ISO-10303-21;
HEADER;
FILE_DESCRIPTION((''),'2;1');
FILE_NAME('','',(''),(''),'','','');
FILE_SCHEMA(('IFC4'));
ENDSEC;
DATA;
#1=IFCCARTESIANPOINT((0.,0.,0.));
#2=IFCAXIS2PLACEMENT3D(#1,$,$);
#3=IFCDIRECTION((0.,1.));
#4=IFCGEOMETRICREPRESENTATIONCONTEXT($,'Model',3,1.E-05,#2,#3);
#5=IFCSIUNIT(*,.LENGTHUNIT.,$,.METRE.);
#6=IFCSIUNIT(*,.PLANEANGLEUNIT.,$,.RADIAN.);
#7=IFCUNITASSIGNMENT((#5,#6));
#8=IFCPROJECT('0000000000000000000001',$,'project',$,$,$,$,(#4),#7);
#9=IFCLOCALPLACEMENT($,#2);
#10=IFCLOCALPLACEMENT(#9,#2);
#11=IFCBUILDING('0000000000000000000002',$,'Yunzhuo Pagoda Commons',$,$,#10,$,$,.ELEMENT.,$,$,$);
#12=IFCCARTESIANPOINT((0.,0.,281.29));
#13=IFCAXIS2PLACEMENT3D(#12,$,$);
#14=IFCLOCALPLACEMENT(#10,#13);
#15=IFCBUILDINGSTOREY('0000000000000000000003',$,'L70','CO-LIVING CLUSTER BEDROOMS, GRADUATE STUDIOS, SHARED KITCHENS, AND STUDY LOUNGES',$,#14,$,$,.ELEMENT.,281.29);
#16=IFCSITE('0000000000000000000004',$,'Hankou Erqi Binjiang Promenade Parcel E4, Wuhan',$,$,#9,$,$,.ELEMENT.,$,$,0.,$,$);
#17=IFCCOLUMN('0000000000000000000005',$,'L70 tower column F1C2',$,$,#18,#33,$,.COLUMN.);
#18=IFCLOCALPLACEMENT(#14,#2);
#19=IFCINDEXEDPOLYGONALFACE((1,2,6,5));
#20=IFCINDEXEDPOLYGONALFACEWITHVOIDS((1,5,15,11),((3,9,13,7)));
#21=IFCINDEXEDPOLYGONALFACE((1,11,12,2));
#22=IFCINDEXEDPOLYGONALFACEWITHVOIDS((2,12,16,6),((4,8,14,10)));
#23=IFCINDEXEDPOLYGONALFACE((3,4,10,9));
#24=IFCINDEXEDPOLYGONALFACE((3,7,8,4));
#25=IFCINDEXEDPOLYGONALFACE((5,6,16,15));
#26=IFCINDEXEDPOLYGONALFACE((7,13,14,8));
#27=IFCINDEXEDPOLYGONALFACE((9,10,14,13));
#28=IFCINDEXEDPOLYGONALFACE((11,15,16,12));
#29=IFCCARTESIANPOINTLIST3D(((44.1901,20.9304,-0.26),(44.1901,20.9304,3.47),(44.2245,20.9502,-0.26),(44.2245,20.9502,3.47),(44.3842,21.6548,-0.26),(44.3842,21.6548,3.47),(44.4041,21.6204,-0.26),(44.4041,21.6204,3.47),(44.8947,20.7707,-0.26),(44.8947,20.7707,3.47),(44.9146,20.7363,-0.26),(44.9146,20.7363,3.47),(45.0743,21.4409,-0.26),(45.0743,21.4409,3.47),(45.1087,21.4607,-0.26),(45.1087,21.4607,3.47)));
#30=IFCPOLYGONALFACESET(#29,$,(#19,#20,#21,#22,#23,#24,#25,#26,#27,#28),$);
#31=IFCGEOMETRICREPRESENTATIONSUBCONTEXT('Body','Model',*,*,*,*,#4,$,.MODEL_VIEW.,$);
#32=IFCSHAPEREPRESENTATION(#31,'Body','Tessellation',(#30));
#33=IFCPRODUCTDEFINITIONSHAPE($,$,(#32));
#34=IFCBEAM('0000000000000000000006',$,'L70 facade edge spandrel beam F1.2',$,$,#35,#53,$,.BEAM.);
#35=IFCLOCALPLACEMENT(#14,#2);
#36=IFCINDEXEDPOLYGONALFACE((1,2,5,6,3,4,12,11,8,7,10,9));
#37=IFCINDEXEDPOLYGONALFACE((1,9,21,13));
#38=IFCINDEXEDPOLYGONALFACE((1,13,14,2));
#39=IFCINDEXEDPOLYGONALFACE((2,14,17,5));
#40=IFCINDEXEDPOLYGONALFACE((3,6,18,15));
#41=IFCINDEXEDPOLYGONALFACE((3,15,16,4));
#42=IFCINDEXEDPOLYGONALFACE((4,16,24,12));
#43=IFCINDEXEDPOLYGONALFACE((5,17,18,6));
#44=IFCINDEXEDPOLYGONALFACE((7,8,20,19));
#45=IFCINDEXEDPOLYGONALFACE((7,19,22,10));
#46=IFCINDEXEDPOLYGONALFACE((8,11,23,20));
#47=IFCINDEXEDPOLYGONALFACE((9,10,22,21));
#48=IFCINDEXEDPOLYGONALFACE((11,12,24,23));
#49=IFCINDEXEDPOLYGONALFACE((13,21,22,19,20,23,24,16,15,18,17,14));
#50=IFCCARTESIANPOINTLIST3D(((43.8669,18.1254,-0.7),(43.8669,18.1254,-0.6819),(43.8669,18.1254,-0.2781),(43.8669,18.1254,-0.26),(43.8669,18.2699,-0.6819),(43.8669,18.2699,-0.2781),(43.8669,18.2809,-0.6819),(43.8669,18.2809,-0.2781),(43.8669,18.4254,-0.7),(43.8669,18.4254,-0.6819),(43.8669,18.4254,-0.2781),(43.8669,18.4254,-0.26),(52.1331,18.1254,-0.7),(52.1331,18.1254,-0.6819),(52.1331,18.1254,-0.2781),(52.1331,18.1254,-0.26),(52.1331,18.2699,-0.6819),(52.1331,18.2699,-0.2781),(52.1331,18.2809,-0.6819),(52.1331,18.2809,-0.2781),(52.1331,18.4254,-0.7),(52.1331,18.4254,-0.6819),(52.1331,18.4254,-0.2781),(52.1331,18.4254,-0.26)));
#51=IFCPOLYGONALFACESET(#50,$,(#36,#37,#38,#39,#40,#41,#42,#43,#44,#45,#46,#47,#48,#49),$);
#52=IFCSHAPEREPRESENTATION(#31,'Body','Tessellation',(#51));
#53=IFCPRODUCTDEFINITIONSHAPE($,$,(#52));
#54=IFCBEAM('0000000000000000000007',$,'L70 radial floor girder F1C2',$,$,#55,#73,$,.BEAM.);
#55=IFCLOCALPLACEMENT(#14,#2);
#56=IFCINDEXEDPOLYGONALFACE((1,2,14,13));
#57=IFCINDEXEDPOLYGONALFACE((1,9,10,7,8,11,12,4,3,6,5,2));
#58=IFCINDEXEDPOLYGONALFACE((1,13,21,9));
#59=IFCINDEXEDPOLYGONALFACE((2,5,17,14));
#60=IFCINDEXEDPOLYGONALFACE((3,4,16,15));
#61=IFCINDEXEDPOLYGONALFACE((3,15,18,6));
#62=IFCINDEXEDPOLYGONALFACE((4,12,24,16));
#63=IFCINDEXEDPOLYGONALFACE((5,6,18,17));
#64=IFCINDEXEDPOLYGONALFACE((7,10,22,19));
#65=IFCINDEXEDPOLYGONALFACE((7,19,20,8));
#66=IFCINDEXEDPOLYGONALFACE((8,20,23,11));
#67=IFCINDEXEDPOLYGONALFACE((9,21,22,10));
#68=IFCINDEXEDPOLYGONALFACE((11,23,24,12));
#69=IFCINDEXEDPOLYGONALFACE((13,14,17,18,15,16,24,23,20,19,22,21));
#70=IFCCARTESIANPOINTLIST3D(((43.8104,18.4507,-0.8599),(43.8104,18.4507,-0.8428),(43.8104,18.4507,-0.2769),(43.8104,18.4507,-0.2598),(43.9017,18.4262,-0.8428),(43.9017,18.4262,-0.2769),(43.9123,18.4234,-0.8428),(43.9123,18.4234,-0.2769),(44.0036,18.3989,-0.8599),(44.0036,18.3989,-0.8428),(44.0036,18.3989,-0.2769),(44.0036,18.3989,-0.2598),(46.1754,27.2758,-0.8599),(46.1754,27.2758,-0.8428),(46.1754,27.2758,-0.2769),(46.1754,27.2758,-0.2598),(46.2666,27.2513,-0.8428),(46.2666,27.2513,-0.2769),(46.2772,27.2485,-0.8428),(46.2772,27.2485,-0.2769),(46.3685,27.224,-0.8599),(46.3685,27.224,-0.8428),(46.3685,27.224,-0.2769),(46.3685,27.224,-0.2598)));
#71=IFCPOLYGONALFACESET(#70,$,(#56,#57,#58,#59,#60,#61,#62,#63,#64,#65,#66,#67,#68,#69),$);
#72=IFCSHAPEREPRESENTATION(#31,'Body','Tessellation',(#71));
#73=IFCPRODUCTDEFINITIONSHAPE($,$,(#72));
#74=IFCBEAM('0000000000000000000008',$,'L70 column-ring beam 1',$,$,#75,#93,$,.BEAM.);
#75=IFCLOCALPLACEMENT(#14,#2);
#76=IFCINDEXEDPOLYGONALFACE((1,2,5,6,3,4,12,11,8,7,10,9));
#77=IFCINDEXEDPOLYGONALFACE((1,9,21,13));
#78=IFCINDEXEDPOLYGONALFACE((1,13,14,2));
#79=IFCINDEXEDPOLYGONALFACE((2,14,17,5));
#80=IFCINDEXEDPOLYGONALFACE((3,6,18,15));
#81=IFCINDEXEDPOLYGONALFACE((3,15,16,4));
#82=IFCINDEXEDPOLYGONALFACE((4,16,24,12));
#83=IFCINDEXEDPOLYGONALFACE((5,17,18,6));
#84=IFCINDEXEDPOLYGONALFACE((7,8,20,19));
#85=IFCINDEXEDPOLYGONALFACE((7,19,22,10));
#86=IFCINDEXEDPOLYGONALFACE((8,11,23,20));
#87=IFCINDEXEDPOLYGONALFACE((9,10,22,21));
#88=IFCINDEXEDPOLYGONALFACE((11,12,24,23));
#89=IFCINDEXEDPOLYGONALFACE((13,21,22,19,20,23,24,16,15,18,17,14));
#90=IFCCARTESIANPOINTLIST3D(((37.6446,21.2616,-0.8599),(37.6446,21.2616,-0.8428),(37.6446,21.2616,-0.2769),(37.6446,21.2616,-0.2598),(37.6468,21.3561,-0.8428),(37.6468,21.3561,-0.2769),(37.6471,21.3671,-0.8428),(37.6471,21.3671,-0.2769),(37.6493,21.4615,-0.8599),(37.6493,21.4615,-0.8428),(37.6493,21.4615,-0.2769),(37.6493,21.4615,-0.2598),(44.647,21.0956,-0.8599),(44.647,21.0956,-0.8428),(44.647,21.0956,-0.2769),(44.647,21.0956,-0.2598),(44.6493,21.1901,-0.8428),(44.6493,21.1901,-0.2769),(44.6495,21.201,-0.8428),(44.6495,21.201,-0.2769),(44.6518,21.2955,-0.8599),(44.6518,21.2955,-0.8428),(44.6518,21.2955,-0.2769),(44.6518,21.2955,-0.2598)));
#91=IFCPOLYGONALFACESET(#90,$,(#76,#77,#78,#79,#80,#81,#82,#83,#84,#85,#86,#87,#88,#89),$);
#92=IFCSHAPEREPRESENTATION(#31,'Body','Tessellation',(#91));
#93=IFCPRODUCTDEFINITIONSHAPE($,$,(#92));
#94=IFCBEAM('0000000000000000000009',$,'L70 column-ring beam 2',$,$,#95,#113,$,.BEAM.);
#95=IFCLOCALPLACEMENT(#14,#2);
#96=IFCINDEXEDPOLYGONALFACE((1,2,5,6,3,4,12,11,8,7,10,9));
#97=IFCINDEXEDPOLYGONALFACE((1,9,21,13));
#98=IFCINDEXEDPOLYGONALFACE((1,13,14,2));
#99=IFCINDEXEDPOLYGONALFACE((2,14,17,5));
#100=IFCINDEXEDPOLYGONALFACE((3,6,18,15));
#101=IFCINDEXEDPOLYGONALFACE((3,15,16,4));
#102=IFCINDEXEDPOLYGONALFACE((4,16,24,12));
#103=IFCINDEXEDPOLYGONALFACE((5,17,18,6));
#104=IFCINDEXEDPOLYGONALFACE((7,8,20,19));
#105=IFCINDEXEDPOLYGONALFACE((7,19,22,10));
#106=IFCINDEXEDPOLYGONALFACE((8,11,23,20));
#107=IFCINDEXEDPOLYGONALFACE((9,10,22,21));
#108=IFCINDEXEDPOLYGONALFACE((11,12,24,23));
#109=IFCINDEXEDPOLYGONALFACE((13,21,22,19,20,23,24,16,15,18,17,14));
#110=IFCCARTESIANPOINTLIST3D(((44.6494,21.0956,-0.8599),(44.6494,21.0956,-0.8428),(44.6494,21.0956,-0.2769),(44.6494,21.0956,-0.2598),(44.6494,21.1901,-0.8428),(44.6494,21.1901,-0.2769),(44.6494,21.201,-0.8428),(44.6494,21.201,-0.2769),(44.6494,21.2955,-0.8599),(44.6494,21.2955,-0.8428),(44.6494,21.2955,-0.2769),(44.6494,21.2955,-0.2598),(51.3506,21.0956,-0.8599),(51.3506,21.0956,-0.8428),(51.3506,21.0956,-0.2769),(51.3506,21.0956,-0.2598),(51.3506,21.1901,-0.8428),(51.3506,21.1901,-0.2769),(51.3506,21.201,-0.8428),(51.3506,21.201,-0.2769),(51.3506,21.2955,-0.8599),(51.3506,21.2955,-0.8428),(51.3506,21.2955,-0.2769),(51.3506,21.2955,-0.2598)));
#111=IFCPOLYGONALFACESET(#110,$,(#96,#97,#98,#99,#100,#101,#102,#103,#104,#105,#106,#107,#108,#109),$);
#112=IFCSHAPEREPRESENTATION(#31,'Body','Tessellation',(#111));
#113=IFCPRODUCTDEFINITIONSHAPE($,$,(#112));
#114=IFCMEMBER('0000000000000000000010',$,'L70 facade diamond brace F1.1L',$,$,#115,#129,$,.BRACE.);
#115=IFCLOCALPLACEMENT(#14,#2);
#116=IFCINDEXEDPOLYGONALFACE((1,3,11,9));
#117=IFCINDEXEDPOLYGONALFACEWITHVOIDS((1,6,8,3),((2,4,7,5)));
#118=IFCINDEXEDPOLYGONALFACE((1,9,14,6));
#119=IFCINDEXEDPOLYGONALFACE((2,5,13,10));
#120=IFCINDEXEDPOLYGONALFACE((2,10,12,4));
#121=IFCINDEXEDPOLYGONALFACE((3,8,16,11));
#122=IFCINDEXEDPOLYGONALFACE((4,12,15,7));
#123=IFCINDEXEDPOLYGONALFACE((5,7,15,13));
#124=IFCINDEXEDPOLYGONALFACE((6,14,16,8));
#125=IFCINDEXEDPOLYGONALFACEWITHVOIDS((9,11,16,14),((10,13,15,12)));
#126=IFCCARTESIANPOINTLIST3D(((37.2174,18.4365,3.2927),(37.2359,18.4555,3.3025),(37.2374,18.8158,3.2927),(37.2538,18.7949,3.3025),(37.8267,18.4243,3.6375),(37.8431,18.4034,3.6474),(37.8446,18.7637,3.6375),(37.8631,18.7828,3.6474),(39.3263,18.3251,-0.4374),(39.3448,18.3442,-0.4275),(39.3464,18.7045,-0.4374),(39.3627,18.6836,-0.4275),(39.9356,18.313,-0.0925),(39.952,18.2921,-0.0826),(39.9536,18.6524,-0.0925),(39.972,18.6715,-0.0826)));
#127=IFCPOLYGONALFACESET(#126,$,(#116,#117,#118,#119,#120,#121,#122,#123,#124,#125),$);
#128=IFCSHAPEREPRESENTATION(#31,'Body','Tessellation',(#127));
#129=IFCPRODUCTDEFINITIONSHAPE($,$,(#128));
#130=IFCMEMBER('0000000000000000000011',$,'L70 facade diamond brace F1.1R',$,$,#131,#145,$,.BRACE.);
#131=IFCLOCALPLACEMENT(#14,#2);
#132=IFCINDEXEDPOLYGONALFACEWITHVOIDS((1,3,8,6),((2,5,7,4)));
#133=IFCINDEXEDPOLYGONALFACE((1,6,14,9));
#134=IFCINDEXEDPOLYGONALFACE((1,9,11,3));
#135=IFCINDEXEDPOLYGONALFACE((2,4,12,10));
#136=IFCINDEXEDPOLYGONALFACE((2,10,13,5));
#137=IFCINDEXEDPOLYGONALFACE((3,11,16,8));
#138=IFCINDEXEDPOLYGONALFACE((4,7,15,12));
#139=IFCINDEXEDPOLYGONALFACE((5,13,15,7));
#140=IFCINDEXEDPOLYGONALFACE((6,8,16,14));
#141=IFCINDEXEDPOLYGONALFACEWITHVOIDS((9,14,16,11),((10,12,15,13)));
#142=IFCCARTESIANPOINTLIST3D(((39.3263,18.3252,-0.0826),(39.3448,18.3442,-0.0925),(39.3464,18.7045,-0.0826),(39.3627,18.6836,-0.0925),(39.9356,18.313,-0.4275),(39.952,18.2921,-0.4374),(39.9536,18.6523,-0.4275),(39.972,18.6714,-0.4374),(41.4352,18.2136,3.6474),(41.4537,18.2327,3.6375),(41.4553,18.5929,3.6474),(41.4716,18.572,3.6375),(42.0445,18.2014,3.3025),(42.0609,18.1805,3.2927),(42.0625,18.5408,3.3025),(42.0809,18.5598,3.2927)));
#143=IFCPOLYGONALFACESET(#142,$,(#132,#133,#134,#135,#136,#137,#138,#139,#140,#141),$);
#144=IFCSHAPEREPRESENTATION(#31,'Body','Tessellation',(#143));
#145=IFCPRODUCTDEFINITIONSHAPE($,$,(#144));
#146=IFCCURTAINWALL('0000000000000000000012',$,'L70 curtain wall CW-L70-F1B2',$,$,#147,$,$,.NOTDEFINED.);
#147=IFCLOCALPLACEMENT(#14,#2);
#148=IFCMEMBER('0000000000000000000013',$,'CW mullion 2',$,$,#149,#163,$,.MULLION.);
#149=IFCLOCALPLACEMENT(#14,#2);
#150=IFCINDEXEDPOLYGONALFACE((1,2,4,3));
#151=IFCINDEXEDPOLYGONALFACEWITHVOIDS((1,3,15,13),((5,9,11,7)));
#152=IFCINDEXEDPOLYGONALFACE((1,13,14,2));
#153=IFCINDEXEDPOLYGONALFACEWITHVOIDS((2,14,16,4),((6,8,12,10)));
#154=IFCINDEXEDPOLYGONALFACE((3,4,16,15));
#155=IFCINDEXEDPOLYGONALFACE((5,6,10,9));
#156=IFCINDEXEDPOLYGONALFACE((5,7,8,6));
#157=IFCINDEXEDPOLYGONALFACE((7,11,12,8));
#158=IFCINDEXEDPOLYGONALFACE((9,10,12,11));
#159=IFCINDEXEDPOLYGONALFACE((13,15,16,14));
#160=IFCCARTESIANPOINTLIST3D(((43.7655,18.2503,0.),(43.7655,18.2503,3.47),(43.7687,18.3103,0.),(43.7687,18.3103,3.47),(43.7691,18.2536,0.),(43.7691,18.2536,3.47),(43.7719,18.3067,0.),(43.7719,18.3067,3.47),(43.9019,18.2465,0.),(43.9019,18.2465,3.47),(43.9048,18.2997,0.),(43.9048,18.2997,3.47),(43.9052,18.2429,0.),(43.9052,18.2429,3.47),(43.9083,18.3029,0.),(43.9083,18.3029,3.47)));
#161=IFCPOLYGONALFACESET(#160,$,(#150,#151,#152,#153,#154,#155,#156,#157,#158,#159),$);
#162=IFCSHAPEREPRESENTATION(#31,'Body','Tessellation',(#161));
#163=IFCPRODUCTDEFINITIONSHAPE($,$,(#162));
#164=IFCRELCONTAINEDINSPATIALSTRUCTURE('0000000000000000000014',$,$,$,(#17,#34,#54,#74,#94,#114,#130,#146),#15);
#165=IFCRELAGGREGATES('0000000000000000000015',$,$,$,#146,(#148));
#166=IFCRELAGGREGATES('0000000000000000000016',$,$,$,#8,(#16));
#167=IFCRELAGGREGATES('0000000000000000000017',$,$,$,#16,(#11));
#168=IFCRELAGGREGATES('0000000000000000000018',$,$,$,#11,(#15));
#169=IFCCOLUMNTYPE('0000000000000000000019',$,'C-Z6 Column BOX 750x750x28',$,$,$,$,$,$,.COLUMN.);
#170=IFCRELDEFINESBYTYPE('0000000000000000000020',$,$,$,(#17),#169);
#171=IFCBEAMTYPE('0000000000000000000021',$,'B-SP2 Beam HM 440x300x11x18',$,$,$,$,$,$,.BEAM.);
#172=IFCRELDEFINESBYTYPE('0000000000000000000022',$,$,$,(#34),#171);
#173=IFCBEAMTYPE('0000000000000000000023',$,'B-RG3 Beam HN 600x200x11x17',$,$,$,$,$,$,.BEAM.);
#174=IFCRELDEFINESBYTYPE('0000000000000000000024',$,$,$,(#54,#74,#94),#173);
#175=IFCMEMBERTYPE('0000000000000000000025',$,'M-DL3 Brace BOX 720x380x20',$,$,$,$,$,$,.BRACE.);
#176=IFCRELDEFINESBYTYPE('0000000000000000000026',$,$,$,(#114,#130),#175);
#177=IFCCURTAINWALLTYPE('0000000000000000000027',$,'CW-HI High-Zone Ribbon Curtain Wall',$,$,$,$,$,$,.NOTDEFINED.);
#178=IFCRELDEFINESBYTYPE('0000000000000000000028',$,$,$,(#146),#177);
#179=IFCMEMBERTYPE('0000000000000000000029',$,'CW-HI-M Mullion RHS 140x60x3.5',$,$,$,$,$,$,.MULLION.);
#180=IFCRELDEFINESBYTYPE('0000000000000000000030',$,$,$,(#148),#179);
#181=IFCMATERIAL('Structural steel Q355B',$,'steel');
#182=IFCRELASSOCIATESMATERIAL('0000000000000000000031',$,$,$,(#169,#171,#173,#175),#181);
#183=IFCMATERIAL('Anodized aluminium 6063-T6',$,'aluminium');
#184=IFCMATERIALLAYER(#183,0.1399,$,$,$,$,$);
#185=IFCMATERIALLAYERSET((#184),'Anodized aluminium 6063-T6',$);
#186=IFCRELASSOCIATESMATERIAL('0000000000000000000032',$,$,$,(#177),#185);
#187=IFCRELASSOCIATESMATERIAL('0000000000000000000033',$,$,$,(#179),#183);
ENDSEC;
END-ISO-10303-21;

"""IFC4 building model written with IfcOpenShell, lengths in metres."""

from ifc_helpers import new_model, si_unit, direction, frame, origin, origin_2d, place, context, subcontext, project, spatial, hollow_rectangle, i_section, extrude, source, transform, mapped, material, layer, layer_set, material_profile, profile_set, type_object, element, aggregate, save


model = new_model("IFC4")

# Units and contexts
model_context = context("Model", 3, precision=1e-05, world=origin(), true_north=direction((0.0, 1.0)))
body_context = subcontext(model_context, "Body", "Model", "MODEL_VIEW")
ifc_project = project(units=[si_unit("LENGTHUNIT", "METRE"), si_unit("PLANEANGLEUNIT", "RADIAN")], contexts=[model_context])

# Site, building, storey
site_placement = place(None, origin())
site = spatial("IfcSite", under=ifc_project, at=site_placement, Name="Hankou Erqi Binjiang Promenade Parcel E4, Wuhan", CompositionType="ELEMENT", RefElevation=0.0)
building_placement = place(site_placement, origin())
building = spatial("IfcBuilding", under=site, at=building_placement, Name="Yunzhuo Pagoda Commons", CompositionType="ELEMENT")
storey_placement = place(building_placement, frame((0.0, 0.0, 281.29)))
storey = spatial("IfcBuildingStorey", under=building, at=storey_placement, Name="L70", Description="CO-LIVING CLUSTER BEDROOMS, GRADUATE STUDIOS, SHARED KITCHENS, AND STUDY LOUNGES", CompositionType="ELEMENT", Elevation=281.29)

# Column
ifc_material_1 = material(Name="Structural steel Q355B", Category="steel")
ifc_material_profile_1 = material_profile(ifc_material_1, hollow_rectangle(XDim=0.75, YDim=0.75, WallThickness=0.0281, at=origin_2d()), Name="Structural steel Q355B")
ifc_profile_set_1 = profile_set([ifc_material_profile_1], Name="Structural steel Q355B")
column_type = type_object("IfcColumnType", Name="C-Z6 Column BOX 750x750x28", PredefinedType="COLUMN", material=ifc_profile_set_1)
shared_shape_1 = source(origin(), body_context, "Body", "SweptSolid", [
    extrude(hollow_rectangle(XDim=0.75, YDim=0.75, WallThickness=0.0281, at=origin_2d()), origin(), (0.0, 0.0, 1.0), 3.73),
])
column_placement = place(storey_placement, frame((44.6494, 21.1956, -0.26), z_axis=(0.0, 0.0, 1.0), x_axis=(0.965926, -0.258819, 0.0)))
element("IfcColumn", 1, at=column_placement, inside=storey, type_object=column_type, Name="L70 tower column F1C2", PredefinedType="COLUMN", context=body_context, shape_type="MappedRepresentation", body=[
    mapped(shared_shape_1, transform((0.0, 0.0, 0.0), scale=1.0)),
])

# Beams
ifc_material_profile_2 = material_profile(ifc_material_1, i_section(OverallWidth=0.3, OverallDepth=0.4399, WebThickness=0.011, FlangeThickness=0.0181, at=origin_2d()), Name="Structural steel Q355B")
ifc_profile_set_2 = profile_set([ifc_material_profile_2], Name="Structural steel Q355B")
beam_type_1 = type_object("IfcBeamType", Name="B-SP2 Beam HM 440x300x11x18", PredefinedType="BEAM", material=ifc_profile_set_2)
shared_shape_2 = source(origin(), body_context, "Body", "SweptSolid", [
    extrude(i_section(OverallWidth=0.3, OverallDepth=0.4399, WebThickness=0.011, FlangeThickness=0.0181, at=origin_2d()), origin(), (0.0, 0.0, 1.0), 8.2661),
])
beam_1_placement = place(storey_placement, frame((43.8669, 18.2754, -0.48), z_axis=(1.0, 0.0, 0.0), x_axis=(0.0, 1.0, 0.0)))
element("IfcBeam", 2, at=beam_1_placement, inside=storey, type_object=beam_type_1, Name="L70 facade edge spandrel beam F1.2", PredefinedType="BEAM", context=body_context, shape_type="MappedRepresentation", body=[
    mapped(shared_shape_2, transform((0.0, 0.0, 0.0), scale=1.0)),
])
ifc_material_profile_3 = material_profile(ifc_material_1, i_section(OverallWidth=0.2, OverallDepth=0.6001, WebThickness=0.011, FlangeThickness=0.0171, at=origin_2d()), Name="Structural steel Q355B")
ifc_profile_set_3 = profile_set([ifc_material_profile_3], Name="Structural steel Q355B")
beam_type_2 = type_object("IfcBeamType", Name="B-RG3 Beam HN 600x200x11x17", PredefinedType="BEAM", material=ifc_profile_set_3)
shared_shape_3 = source(origin(), body_context, "Body", "SweptSolid", [
    extrude(i_section(OverallWidth=0.2, OverallDepth=0.6001, WebThickness=0.011, FlangeThickness=0.0171, at=origin_2d()), origin(), (0.0, 0.0, 1.0), 9.1365),
])
beam_2_placement = place(storey_placement, frame((43.907, 18.4248, -0.5598), z_axis=(0.258848, 0.965918, 0.0), x_axis=(-0.965918, 0.258848, 0.0)))
element("IfcBeam", 3, at=beam_2_placement, inside=storey, type_object=beam_type_2, Name="L70 radial floor girder F1C2", PredefinedType="BEAM", context=body_context, shape_type="MappedRepresentation", body=[
    mapped(shared_shape_3, transform((0.0, 0.0, 0.0), scale=1.0)),
])
shared_shape_4 = source(origin(), body_context, "Body", "SweptSolid", [
    extrude(i_section(OverallWidth=0.2, OverallDepth=0.6001, WebThickness=0.011, FlangeThickness=0.0171, at=origin_2d()), origin(), (0.0, 0.0, 1.0), 7.0044),
])
beam_3_placement = place(storey_placement, frame((37.647, 21.3616, -0.5598), z_axis=(0.999719, -0.023702, 0.0), x_axis=(0.023702, 0.999719, 0.0)))
element("IfcBeam", 4, at=beam_3_placement, inside=storey, type_object=beam_type_2, Name="L70 column-ring beam 1", PredefinedType="BEAM", context=body_context, shape_type="MappedRepresentation", body=[
    mapped(shared_shape_4, transform((0.0, 0.0, 0.0), scale=1.0)),
])
shared_shape_5 = source(origin(), body_context, "Body", "SweptSolid", [
    extrude(i_section(OverallWidth=0.2, OverallDepth=0.6001, WebThickness=0.011, FlangeThickness=0.0171, at=origin_2d()), origin(), (0.0, 0.0, 1.0), 6.7012),
])
beam_4_placement = place(storey_placement, frame((44.6494, 21.1956, -0.5598), z_axis=(1.0, 0.0, 0.0), x_axis=(0.0, 1.0, 0.0)))
element("IfcBeam", 5, at=beam_4_placement, inside=storey, type_object=beam_type_2, Name="L70 column-ring beam 2", PredefinedType="BEAM", context=body_context, shape_type="MappedRepresentation", body=[
    mapped(shared_shape_5, transform((0.0, 0.0, 0.0), scale=1.0)),
])

# Members
ifc_material_profile_4 = material_profile(ifc_material_1, hollow_rectangle(XDim=0.3799, YDim=0.72, WallThickness=0.02, at=origin_2d()), Name="Structural steel Q355B")
ifc_profile_set_4 = profile_set([ifc_material_profile_4], Name="Structural steel Q355B")
member_type_1 = type_object("IfcMemberType", Name="M-DL3 Brace BOX 720x380x20", PredefinedType="BRACE", material=ifc_profile_set_4)
shared_shape_6 = source(origin(), body_context, "Body", "SweptSolid", [
    extrude(hollow_rectangle(XDim=0.3799, YDim=0.72, WallThickness=0.02, at=origin_2d()), origin(), (0.0, 0.0, 1.0), 4.2864),
])
for number, where, z_axis, x_axis, name in (
    (6, (39.6492, 18.4983, -0.26), (-0.492004, 0.025973, 0.870205), (-0.052717, -0.99861, 0.0), "L70 facade diamond brace F1.1L"),
    (7, (39.6492, 18.4983, -0.26), (0.492003, -0.02603, 0.870204), (0.052832, 0.998603, 0.0), "L70 facade diamond brace F1.1R"),
):
    element("IfcMember", number, at=place(storey_placement, frame(where, z_axis=z_axis, x_axis=x_axis)), inside=storey, type_object=member_type_1, Name=name, PredefinedType="BRACE", context=body_context, shape_type="MappedRepresentation", body=[
        mapped(shared_shape_6, transform((0.0, 0.0, 0.0), scale=1.0)),
    ])

# Curtain wall, member
ifc_material_2 = material(Name="Anodized aluminium 6063-T6", Category="aluminium")
ifc_layer_1 = layer(ifc_material_2, 0.1399)
ifc_layer_set_1 = layer_set([ifc_layer_1], Name="Anodized aluminium 6063-T6")
curtain_wall_type = type_object("IfcCurtainWallType", Name="CW-HI High-Zone Ribbon Curtain Wall", PredefinedType="NOTDEFINED", material=ifc_layer_set_1)
curtain_wall_1_placement = place(storey_placement, origin())
curtain_wall_1 = element("IfcCurtainWall", 8, at=curtain_wall_1_placement, inside=storey, type_object=curtain_wall_type, Name="L70 curtain wall CW-L70-F1B2", PredefinedType="NOTDEFINED")
ifc_material_profile_5 = material_profile(ifc_material_2, hollow_rectangle(XDim=0.0601, YDim=0.1399, WallThickness=0.0034, at=origin_2d()), Name="Anodized aluminium 6063-T6")
ifc_profile_set_5 = profile_set([ifc_material_profile_5], Name="Anodized aluminium 6063-T6")
member_type_2 = type_object("IfcMemberType", Name="CW-HI-M Mullion RHS 140x60x3.5", PredefinedType="MULLION", material=ifc_profile_set_5)
shared_shape_7 = source(origin(), body_context, "Body", "SweptSolid", [
    extrude(hollow_rectangle(XDim=0.0601, YDim=0.1399, WallThickness=0.0034, at=origin_2d()), origin(), (0.0, 0.0, 1.0), 3.47),
])
member_1_placement = place(storey_placement, frame((43.8369, 18.2766, 0.0), z_axis=(0.0, 0.0, 1.0), x_axis=(0.052822, 0.998604, 0.0)))
member_1 = element("IfcMember", 9, at=member_1_placement, type_object=member_type_2, Name="CW mullion 2", PredefinedType="MULLION", context=body_context, shape_type="MappedRepresentation", body=[
    mapped(shared_shape_7, transform((0.0, 0.0, 0.0), scale=1.0)),
])

aggregate(curtain_wall_1, [member_1])

save(model, "model.ifc")
